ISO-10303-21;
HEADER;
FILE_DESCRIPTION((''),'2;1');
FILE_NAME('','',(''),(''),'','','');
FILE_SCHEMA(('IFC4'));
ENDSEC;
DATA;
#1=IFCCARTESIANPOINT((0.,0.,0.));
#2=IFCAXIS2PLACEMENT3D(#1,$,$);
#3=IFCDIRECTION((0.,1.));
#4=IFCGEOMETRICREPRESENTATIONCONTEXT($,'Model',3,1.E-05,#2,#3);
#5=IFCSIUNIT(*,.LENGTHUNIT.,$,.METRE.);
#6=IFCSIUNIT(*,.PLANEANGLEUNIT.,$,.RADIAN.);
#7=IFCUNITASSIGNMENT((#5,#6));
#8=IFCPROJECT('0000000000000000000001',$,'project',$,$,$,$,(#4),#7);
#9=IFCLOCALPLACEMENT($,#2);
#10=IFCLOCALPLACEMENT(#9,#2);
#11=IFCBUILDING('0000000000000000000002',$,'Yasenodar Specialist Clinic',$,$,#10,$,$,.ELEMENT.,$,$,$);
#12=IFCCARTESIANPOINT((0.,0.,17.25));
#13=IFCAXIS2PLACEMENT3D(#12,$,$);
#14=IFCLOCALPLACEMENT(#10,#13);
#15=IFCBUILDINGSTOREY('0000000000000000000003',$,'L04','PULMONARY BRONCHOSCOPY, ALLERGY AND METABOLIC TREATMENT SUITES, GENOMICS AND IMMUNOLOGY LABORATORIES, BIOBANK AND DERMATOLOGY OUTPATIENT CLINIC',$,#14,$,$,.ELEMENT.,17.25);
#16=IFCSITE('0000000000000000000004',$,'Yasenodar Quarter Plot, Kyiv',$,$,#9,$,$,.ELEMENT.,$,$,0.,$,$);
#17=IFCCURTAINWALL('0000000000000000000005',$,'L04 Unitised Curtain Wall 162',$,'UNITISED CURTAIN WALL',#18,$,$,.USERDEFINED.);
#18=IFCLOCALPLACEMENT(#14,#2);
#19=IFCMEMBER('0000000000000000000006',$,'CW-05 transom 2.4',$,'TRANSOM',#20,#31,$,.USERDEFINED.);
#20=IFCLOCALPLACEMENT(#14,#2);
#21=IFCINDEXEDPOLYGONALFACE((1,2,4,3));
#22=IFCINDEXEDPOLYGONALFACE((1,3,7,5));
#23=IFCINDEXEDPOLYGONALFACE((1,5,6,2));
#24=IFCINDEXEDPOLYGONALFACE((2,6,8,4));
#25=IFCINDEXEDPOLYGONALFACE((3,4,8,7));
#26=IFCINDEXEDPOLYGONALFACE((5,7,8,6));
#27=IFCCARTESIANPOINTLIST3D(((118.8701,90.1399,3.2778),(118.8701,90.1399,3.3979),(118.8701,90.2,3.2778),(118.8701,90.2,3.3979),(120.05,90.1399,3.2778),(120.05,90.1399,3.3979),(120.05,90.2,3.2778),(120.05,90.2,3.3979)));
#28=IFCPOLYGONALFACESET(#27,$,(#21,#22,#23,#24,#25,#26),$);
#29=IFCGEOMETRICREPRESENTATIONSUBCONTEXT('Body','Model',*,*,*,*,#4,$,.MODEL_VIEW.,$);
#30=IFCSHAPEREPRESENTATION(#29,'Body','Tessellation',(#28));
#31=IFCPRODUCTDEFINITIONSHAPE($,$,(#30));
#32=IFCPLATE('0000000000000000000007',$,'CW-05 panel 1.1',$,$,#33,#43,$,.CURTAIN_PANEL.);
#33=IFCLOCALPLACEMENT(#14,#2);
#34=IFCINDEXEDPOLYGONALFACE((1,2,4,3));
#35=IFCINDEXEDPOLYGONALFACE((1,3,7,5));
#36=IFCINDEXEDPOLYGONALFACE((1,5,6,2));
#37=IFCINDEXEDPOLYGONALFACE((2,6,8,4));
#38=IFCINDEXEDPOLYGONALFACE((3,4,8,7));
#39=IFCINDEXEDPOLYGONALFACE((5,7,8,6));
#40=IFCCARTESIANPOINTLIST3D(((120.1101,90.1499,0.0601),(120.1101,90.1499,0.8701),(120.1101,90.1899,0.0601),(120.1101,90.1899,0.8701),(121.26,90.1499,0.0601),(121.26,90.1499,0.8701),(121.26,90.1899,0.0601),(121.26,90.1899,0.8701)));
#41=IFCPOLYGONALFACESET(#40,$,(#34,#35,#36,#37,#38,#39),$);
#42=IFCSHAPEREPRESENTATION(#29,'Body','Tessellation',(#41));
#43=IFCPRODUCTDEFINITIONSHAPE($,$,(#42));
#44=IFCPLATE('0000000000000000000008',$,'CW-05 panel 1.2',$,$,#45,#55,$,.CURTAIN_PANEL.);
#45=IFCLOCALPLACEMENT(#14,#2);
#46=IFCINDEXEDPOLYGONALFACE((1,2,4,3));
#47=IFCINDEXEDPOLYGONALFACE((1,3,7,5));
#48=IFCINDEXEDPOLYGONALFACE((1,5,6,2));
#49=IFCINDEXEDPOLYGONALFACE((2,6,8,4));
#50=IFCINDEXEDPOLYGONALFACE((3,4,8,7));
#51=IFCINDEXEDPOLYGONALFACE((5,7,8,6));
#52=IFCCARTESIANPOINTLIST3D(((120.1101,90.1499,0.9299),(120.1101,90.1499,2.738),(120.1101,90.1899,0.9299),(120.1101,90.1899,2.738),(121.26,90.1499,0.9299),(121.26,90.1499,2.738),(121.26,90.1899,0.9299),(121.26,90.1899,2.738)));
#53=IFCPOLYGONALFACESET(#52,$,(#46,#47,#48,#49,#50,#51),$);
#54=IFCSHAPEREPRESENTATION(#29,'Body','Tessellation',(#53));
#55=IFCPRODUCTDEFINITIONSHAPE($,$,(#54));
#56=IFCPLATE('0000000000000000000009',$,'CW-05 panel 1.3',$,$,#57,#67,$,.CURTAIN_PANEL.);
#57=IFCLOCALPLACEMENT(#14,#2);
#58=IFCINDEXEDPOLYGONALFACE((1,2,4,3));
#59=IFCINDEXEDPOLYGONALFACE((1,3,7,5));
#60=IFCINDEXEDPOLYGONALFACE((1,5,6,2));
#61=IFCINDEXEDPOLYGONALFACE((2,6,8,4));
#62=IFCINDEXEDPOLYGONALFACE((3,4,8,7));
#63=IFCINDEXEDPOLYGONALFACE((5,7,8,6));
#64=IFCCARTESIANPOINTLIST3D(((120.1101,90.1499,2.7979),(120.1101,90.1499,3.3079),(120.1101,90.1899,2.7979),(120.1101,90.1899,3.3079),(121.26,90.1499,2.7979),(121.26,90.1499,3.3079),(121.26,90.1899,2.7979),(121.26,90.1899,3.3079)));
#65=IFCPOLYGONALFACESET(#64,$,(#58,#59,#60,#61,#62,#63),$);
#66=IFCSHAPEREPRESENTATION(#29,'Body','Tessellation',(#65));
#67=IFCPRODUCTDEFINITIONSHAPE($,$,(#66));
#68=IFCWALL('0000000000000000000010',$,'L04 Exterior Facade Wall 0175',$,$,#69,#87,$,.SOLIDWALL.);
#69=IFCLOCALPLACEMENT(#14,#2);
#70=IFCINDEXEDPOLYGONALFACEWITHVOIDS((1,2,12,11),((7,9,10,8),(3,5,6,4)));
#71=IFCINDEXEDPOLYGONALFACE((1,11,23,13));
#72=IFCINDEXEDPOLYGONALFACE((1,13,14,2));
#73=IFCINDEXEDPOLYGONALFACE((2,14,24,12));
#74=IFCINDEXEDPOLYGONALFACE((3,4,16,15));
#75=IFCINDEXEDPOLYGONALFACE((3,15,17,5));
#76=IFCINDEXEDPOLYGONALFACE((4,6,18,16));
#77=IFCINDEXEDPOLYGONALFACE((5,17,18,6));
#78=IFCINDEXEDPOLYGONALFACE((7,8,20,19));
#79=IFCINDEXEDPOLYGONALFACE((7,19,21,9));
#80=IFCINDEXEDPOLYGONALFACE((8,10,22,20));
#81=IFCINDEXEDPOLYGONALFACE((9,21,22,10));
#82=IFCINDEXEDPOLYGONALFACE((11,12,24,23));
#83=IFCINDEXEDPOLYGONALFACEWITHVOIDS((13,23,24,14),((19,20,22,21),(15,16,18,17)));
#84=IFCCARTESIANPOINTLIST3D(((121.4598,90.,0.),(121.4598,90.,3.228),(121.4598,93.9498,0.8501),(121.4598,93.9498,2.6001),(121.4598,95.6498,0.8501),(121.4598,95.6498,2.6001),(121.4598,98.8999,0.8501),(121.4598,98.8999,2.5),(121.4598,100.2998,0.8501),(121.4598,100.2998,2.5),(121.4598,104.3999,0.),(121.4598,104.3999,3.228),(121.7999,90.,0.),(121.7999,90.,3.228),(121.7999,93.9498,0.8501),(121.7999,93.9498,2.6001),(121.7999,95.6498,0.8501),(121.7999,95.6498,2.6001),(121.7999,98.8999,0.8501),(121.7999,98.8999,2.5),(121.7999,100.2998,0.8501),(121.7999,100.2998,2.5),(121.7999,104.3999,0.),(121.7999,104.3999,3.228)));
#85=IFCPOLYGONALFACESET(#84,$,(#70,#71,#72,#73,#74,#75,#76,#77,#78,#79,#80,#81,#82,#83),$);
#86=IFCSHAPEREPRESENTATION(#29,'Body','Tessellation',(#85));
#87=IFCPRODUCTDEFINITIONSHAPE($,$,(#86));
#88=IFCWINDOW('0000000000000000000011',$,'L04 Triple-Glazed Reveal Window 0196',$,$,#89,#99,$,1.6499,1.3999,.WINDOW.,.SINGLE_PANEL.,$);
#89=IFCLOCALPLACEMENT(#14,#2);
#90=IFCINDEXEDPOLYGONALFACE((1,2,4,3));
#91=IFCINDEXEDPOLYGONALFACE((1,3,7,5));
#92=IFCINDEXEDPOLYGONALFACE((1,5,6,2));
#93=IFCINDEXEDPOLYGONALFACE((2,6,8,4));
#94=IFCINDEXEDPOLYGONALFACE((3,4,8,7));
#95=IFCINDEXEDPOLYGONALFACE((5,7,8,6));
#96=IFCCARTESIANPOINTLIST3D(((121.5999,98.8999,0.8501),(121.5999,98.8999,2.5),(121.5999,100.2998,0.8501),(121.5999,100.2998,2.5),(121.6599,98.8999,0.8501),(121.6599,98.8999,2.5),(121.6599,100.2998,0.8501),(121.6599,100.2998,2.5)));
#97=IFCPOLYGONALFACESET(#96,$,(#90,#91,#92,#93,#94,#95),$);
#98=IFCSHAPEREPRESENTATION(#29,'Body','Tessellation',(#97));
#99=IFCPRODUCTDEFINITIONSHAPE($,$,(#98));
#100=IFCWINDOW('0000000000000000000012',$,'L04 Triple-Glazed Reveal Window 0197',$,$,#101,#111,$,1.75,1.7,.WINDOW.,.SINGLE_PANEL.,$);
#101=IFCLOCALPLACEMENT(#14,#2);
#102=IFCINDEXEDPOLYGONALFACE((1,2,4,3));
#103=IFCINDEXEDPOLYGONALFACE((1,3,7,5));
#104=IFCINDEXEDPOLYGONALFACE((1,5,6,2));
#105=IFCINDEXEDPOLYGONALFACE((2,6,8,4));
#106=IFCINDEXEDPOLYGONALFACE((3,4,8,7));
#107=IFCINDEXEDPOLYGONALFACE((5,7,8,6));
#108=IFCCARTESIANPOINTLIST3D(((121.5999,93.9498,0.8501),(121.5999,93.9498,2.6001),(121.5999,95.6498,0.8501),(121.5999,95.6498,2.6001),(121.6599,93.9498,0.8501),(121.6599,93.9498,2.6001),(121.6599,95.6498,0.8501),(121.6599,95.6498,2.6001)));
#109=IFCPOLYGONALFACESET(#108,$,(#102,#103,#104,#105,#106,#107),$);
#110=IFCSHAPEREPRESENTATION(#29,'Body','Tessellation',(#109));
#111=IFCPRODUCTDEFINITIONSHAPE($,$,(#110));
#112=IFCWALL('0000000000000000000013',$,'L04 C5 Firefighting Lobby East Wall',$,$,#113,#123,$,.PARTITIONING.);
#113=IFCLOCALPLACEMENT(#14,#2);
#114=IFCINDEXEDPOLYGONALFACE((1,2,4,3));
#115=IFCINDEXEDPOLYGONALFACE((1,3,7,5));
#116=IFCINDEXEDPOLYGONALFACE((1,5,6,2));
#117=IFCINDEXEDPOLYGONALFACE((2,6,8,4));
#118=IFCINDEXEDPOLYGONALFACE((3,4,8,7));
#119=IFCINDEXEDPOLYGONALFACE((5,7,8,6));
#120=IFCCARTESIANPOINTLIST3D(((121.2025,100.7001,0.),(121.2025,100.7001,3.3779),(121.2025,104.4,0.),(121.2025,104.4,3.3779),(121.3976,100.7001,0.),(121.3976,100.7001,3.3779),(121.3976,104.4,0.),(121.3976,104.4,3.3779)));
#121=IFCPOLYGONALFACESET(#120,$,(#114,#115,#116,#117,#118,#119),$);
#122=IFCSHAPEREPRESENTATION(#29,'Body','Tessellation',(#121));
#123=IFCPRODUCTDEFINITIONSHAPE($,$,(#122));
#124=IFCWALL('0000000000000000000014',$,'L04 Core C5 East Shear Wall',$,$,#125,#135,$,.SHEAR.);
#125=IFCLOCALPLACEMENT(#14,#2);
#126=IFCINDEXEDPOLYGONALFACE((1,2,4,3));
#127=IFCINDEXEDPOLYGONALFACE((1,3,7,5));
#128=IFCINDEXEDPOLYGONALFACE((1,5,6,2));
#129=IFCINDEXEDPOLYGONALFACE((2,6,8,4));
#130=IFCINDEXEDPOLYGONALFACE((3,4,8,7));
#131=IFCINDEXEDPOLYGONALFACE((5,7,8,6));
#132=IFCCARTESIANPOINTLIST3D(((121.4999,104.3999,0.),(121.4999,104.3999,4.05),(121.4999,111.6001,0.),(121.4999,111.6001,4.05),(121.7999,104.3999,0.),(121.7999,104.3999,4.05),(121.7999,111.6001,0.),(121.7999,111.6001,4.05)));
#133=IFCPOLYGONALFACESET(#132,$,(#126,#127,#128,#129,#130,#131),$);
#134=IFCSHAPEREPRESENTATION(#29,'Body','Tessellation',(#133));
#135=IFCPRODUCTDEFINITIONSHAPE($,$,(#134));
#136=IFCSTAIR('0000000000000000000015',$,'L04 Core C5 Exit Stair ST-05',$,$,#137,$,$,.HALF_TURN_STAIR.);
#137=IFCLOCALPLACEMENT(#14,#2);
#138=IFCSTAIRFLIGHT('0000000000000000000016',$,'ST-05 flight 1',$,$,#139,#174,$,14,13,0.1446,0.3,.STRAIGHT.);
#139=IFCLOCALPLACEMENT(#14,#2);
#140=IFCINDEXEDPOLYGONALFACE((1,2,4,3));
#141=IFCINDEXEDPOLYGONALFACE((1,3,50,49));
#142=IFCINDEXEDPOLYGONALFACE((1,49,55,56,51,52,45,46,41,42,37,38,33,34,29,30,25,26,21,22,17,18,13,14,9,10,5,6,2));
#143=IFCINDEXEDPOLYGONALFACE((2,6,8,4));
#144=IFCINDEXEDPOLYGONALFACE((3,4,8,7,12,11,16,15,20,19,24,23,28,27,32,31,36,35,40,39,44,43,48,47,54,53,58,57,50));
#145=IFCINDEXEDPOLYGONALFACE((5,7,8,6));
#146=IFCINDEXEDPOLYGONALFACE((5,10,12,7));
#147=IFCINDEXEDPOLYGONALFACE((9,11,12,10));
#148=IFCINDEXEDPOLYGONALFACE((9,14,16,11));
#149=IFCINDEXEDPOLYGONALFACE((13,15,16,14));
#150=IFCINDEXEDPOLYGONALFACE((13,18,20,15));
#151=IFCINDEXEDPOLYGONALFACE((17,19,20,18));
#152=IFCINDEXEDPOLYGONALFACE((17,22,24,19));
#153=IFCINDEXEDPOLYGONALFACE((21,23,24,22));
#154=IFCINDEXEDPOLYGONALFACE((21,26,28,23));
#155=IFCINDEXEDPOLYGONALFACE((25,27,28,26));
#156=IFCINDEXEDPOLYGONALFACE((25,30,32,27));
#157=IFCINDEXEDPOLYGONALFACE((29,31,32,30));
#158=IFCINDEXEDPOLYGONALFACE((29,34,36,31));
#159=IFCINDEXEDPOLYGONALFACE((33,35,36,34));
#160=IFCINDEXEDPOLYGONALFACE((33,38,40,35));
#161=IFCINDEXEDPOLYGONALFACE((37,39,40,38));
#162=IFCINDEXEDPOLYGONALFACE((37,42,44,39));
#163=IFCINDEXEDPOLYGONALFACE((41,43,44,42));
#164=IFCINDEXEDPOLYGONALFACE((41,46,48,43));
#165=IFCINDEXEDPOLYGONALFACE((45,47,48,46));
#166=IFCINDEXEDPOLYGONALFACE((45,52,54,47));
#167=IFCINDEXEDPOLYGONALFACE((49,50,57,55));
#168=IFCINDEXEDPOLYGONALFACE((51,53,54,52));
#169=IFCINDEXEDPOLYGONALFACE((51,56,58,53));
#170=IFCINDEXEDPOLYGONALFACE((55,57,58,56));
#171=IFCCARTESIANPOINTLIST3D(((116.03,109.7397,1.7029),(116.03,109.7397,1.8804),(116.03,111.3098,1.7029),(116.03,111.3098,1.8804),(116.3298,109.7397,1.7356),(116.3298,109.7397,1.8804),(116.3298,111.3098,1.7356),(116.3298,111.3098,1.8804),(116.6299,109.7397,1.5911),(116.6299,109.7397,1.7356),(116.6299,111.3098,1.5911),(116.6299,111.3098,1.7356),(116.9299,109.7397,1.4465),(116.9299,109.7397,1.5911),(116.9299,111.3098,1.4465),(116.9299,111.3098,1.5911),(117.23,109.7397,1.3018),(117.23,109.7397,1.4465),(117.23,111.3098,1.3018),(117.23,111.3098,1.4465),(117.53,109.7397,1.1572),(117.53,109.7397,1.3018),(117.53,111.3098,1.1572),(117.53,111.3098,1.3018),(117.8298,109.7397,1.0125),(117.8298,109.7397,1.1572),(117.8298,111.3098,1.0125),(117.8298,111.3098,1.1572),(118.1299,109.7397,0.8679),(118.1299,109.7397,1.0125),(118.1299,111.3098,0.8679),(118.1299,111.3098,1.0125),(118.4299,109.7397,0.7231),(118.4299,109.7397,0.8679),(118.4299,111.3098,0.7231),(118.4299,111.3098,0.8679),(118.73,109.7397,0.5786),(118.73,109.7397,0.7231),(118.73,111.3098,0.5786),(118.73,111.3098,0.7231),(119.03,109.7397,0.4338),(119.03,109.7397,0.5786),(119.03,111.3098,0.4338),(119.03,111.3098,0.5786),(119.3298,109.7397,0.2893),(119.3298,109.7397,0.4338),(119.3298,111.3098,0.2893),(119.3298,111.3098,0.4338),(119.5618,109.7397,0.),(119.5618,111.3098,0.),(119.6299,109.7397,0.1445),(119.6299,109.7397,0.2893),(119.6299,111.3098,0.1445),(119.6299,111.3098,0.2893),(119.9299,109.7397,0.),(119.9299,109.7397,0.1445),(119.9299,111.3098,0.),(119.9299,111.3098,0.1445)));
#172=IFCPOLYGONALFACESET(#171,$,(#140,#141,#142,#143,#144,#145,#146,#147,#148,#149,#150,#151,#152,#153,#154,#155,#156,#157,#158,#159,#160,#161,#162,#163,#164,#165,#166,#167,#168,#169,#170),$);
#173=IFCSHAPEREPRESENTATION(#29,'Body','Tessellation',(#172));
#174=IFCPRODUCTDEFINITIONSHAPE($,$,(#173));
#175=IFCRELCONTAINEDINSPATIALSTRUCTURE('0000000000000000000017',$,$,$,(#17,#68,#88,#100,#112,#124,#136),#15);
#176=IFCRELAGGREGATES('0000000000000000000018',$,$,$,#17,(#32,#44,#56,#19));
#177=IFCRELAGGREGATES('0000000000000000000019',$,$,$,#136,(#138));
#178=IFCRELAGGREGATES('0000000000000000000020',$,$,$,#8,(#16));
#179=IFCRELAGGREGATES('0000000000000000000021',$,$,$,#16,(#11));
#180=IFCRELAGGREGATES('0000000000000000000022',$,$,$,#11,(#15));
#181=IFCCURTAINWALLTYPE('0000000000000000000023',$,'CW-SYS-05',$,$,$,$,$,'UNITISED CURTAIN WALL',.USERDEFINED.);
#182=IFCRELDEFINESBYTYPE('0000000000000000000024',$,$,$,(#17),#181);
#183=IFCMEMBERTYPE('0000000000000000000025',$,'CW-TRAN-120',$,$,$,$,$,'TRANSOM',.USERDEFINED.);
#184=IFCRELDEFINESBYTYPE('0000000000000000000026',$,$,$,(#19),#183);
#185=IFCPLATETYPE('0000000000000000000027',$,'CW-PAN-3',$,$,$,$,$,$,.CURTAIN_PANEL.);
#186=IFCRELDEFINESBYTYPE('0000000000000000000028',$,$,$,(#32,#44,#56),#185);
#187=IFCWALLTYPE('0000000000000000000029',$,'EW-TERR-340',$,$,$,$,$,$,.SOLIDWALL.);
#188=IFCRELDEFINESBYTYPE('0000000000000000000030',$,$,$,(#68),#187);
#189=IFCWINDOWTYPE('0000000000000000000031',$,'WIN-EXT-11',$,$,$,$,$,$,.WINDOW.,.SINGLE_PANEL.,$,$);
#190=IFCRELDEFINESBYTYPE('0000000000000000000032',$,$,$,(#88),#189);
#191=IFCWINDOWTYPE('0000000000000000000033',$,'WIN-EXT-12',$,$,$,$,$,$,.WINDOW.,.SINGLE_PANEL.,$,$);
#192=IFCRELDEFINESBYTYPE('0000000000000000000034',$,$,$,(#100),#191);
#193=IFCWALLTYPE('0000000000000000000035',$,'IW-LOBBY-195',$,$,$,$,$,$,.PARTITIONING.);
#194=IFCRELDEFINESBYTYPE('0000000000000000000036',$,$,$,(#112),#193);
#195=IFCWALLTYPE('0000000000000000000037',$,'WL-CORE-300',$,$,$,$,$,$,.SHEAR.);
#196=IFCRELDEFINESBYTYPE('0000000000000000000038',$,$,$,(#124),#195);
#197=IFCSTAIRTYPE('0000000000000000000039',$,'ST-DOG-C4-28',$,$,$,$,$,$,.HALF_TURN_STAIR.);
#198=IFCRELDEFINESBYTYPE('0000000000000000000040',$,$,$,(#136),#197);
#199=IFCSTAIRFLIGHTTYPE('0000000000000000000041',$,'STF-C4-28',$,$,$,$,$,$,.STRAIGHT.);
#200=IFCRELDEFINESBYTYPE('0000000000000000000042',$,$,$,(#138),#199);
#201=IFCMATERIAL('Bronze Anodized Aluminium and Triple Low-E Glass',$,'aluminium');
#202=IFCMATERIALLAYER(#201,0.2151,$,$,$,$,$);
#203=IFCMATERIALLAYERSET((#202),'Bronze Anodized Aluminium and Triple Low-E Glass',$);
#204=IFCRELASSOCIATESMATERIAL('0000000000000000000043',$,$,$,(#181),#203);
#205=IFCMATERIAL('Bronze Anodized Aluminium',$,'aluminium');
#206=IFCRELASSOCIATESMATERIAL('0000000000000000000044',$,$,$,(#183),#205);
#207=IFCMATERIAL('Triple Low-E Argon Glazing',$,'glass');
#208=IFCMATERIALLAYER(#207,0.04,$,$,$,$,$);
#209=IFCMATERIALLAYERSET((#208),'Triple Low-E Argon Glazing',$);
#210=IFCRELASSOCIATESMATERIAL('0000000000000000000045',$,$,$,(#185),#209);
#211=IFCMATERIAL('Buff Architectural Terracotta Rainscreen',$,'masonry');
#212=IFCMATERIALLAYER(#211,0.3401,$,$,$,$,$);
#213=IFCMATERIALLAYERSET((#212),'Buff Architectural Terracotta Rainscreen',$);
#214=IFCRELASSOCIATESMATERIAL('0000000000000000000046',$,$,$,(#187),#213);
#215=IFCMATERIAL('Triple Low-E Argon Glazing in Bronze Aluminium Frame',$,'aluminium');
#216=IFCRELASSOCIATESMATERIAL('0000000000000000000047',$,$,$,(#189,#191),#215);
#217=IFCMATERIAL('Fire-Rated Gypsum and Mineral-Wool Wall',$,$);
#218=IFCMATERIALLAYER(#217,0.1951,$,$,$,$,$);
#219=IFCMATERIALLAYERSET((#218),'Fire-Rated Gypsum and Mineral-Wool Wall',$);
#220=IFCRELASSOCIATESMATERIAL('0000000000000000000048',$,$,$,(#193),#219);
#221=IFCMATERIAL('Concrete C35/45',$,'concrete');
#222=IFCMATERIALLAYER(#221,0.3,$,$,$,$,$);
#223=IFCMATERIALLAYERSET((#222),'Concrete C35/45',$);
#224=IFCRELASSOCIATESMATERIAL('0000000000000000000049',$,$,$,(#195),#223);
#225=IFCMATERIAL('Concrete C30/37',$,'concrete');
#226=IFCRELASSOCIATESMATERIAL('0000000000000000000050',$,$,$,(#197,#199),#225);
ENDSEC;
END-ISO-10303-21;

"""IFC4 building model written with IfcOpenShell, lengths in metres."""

from ifc_helpers import new_model, si_unit, direction, frame, frame_2d, origin, origin_2d, place, context, subcontext, project, spatial, polyline, rectangle, outline, extrude, material, layer, layer_set, material_profile, profile_set, type_object, element, fill, aggregate, save


model = new_model("IFC4")

# Units and contexts
model_context = context("Model", 3, precision=1e-05, world=origin(), true_north=direction((0.0, 1.0)))
body_context = subcontext(model_context, "Body", "Model", "MODEL_VIEW")
ifc_project = project(units=[si_unit("LENGTHUNIT", "METRE"), si_unit("PLANEANGLEUNIT", "RADIAN")], contexts=[model_context])

# Site, building, storey
site_placement = place(None, origin())
site = spatial("IfcSite", under=ifc_project, at=site_placement, Name="Yasenodar Quarter Plot, Kyiv", CompositionType="ELEMENT", RefElevation=0.0)
building_placement = place(site_placement, origin())
building = spatial("IfcBuilding", under=site, at=building_placement, Name="Yasenodar Specialist Clinic", CompositionType="ELEMENT")
storey_placement = place(building_placement, frame((0.0, 0.0, 17.25)))
storey = spatial("IfcBuildingStorey", under=building, at=storey_placement, Name="L04", Description="PULMONARY BRONCHOSCOPY, ALLERGY AND METABOLIC TREATMENT SUITES, GENOMICS AND IMMUNOLOGY LABORATORIES, BIOBANK AND DERMATOLOGY OUTPATIENT CLINIC", CompositionType="ELEMENT", Elevation=17.25)

# Curtain wall, member, plates
ifc_material_1 = material(Name="Bronze Anodized Aluminium and Triple Low-E Glass", Category="aluminium")
ifc_layer_1 = layer(ifc_material_1, 0.2151)
ifc_layer_set_1 = layer_set([ifc_layer_1], Name="Bronze Anodized Aluminium and Triple Low-E Glass")
curtain_wall_type = type_object("IfcCurtainWallType", Name="CW-SYS-05", ElementType="UNITISED CURTAIN WALL", PredefinedType="USERDEFINED", material=ifc_layer_set_1)
curtain_wall_placement = place(storey_placement, origin())
curtain_wall = element("IfcCurtainWall", 1, at=curtain_wall_placement, inside=storey, type_object=curtain_wall_type, Name="L04 Unitised Curtain Wall 162", ObjectType="UNITISED CURTAIN WALL", PredefinedType="USERDEFINED")
ifc_material_2 = material(Name="Bronze Anodized Aluminium", Category="aluminium")
ifc_material_profile_1 = material_profile(ifc_material_2, rectangle(XDim=0.0601, YDim=0.1201, at=origin_2d()), Name="CW-TRAN 60x120")
ifc_profile_set_1 = profile_set([ifc_material_profile_1], Name="Bronze Anodized Aluminium")
member_type_1 = type_object("IfcMemberType", Name="CW-TRAN-120", ElementType="TRANSOM", PredefinedType="USERDEFINED", material=ifc_profile_set_1)
member_1_placement = place(storey_placement, frame((120.05, 90.1699, 3.3379), z_axis=(-1.0, 0.0, 0.0), x_axis=(0.0, -1.0, 0.0)))
member_1 = element("IfcMember", 2, at=member_1_placement, type_object=member_type_1, Name="CW-05 transom 2.4", ObjectType="TRANSOM", PredefinedType="USERDEFINED", context=body_context, shape_type="SweptSolid", body=[
    extrude(rectangle(XDim=0.0601, YDim=0.1201, at=origin_2d()), origin(), (0.0, 0.0, 1.0), 1.1799),
])
ifc_material_3 = material(Name="Triple Low-E Argon Glazing", Category="glass")
ifc_layer_2 = layer(ifc_material_3, 0.04)
ifc_layer_set_2 = layer_set([ifc_layer_2], Name="Triple Low-E Argon Glazing")
plate_type = type_object("IfcPlateType", Name="CW-PAN-3", PredefinedType="CURTAIN_PANEL", material=ifc_layer_set_2)
plate_1_placement = place(storey_placement, frame((120.6851, 90.1699, 0.0601), z_axis=(0.0, 0.0, 1.0), x_axis=(-1.0, 0.0, 0.0)))
plate_1 = element("IfcPlate", 3, at=plate_1_placement, type_object=plate_type, Name="CW-05 panel 1.1", PredefinedType="CURTAIN_PANEL", context=body_context, shape_type="SweptSolid", body=[
    extrude(rectangle(XDim=1.1499, YDim=0.04, at=origin_2d()), origin(), (0.0, 0.0, 1.0), 0.8101),
])
plate_2_placement = place(storey_placement, frame((120.6851, 90.1699, 0.9299), z_axis=(0.0, 0.0, 1.0), x_axis=(-1.0, 0.0, 0.0)))
plate_2 = element("IfcPlate", 4, at=plate_2_placement, type_object=plate_type, Name="CW-05 panel 1.2", PredefinedType="CURTAIN_PANEL", context=body_context, shape_type="SweptSolid", body=[
    extrude(rectangle(XDim=1.1499, YDim=0.04, at=origin_2d()), origin(), (0.0, 0.0, 1.0), 1.8081),
])
plate_3_placement = place(storey_placement, frame((120.6851, 90.1699, 2.7979), z_axis=(0.0, 0.0, 1.0), x_axis=(-1.0, 0.0, 0.0)))
plate_3 = element("IfcPlate", 5, at=plate_3_placement, type_object=plate_type, Name="CW-05 panel 1.3", PredefinedType="CURTAIN_PANEL", context=body_context, shape_type="SweptSolid", body=[
    extrude(rectangle(XDim=1.1499, YDim=0.04, at=origin_2d()), origin(), (0.0, 0.0, 1.0), 0.51),
])
aggregate(curtain_wall, [plate_1, plate_2, plate_3, member_1])

# Wall, openings, windows
ifc_material_4 = material(Name="Buff Architectural Terracotta Rainscreen", Category="masonry")
ifc_layer_3 = layer(ifc_material_4, 0.3401)
ifc_layer_set_3 = layer_set([ifc_layer_3], Name="Buff Architectural Terracotta Rainscreen")
wall_type_1 = type_object("IfcWallType", Name="EW-TERR-340", PredefinedType="SOLIDWALL", material=ifc_layer_set_3)
wall_1_placement = place(storey_placement, frame((121.6299, 104.3999, 0.0), z_axis=(0.0, 0.0, 1.0), x_axis=(0.0, -1.0, 0.0)))
wall_1 = element("IfcWall", 6, at=wall_1_placement, inside=storey, type_object=wall_type_1, Name="L04 Exterior Facade Wall 0175", PredefinedType="SOLIDWALL", context=body_context, shape_type="SweptSolid", body=[
    extrude(rectangle(XDim=14.3999, YDim=0.3401, at=frame_2d((7.2, 0.0))), origin(), (0.0, 0.0, 1.0), 3.228),
])
opening_1_placement = place(wall_1_placement, frame((4.1001, 0.0, 0.8501)))
opening_1 = element("IfcOpeningElement", 7, at=opening_1_placement, cuts=wall_1, PredefinedType="OPENING", context=body_context, shape_type="SweptSolid", body=[
    extrude(rectangle(XDim=1.3999, YDim=1.6499, at=frame_2d((0.7, 0.825))), frame((0.0, 0.1802, 0.0), z_axis=(0.0, -1.0, 0.0), x_axis=(1.0, 0.0, 0.0)), (0.0, 0.0, 1.0), 0.3601),
])
opening_2_placement = place(wall_1_placement, frame((8.75, 0.0, 0.8501)))
opening_2 = element("IfcOpeningElement", 8, at=opening_2_placement, cuts=wall_1, PredefinedType="OPENING", context=body_context, shape_type="SweptSolid", body=[
    extrude(rectangle(XDim=1.7, YDim=1.75, at=frame_2d((0.8501, 0.875))), frame((0.0, 0.1802, 0.0), z_axis=(0.0, -1.0, 0.0), x_axis=(1.0, 0.0, 0.0)), (0.0, 0.0, 1.0), 0.3601),
])
ifc_material_5 = material(Name="Triple Low-E Argon Glazing in Bronze Aluminium Frame", Category="aluminium")
window_type_1 = type_object("IfcWindowType", Name="WIN-EXT-11", PartitioningType="SINGLE_PANEL", PredefinedType="WINDOW", material=ifc_material_5)
window_1_placement = place(opening_1_placement, origin())
window_1 = element("IfcWindow", 9, at=window_1_placement, inside=storey, type_object=window_type_1, Name="L04 Triple-Glazed Reveal Window 0196", OverallHeight=1.6499, OverallWidth=1.3999, PartitioningType="SINGLE_PANEL", PredefinedType="WINDOW", context=body_context, shape_type="SweptSolid", body=[
    extrude(rectangle(XDim=1.3999, YDim=1.6499, at=frame_2d((0.7, 0.825))), frame((0.0, 0.03, 0.0), z_axis=(0.0, -1.0, 0.0), x_axis=(1.0, 0.0, 0.0)), (0.0, 0.0, 1.0), 0.0601),
])
fill(opening_1, window_1)
window_type_2 = type_object("IfcWindowType", Name="WIN-EXT-12", PartitioningType="SINGLE_PANEL", PredefinedType="WINDOW", material=ifc_material_5)
window_2_placement = place(opening_2_placement, origin())
window_2 = element("IfcWindow", 10, at=window_2_placement, inside=storey, type_object=window_type_2, Name="L04 Triple-Glazed Reveal Window 0197", OverallHeight=1.75, OverallWidth=1.7, PartitioningType="SINGLE_PANEL", PredefinedType="WINDOW", context=body_context, shape_type="SweptSolid", body=[
    extrude(rectangle(XDim=1.7, YDim=1.75, at=frame_2d((0.8501, 0.875))), frame((0.0, 0.03, 0.0), z_axis=(0.0, -1.0, 0.0), x_axis=(1.0, 0.0, 0.0)), (0.0, 0.0, 1.0), 0.0601),
])
fill(opening_2, window_2)

# Walls
ifc_material_6 = material(Name="Fire-Rated Gypsum and Mineral-Wool Wall")
ifc_layer_4 = layer(ifc_material_6, 0.1951)
ifc_layer_set_4 = layer_set([ifc_layer_4], Name="Fire-Rated Gypsum and Mineral-Wool Wall")
wall_type_2 = type_object("IfcWallType", Name="IW-LOBBY-195", PredefinedType="PARTITIONING", material=ifc_layer_set_4)
wall_2_placement = place(storey_placement, frame((121.3, 100.7, 0.0), z_axis=(0.0, 0.0, 1.0), x_axis=(0.0, 1.0, 0.0)))
element("IfcWall", 11, at=wall_2_placement, inside=storey, type_object=wall_type_2, Name="L04 C5 Firefighting Lobby East Wall", PredefinedType="PARTITIONING", context=body_context, shape_type="SweptSolid", body=[
    extrude(rectangle(XDim=3.7, YDim=0.1951, at=frame_2d((1.8501, 0.0))), origin(), (0.0, 0.0, 1.0), 3.3779),
])
ifc_material_7 = material(Name="Concrete C35/45", Category="concrete")
ifc_layer_5 = layer(ifc_material_7, 0.3)
ifc_layer_set_5 = layer_set([ifc_layer_5], Name="Concrete C35/45")
wall_type_3 = type_object("IfcWallType", Name="WL-CORE-300", PredefinedType="SHEAR", material=ifc_layer_set_5)
wall_3_placement = place(storey_placement, frame((121.6499, 111.6001, 0.0), z_axis=(0.0, 0.0, 1.0), x_axis=(0.0, -1.0, 0.0)))
element("IfcWall", 12, at=wall_3_placement, inside=storey, type_object=wall_type_3, Name="L04 Core C5 East Shear Wall", PredefinedType="SHEAR", context=body_context, shape_type="SweptSolid", body=[
    extrude(rectangle(XDim=7.2002, YDim=0.3, at=frame_2d((3.6001, 0.0))), origin(), (0.0, 0.0, 1.0), 4.05),
])

# Stair, stair flight
ifc_material_8 = material(Name="Concrete C30/37", Category="concrete")
stair_type = type_object("IfcStairType", Name="ST-DOG-C4-28", PredefinedType="HALF_TURN_STAIR", material=ifc_material_8)
stair_placement = place(storey_placement, origin())
stair = element("IfcStair", 13, at=stair_placement, inside=storey, type_object=stair_type, Name="L04 Core C5 Exit Stair ST-05", PredefinedType="HALF_TURN_STAIR")
stair_flight_type = type_object("IfcStairFlightType", Name="STF-C4-28", PredefinedType="STRAIGHT", material=ifc_material_8)
stair_flight_1_placement = place(storey_placement, frame((119.9299, 110.5249, 0.0), z_axis=(0.0, 0.0, 1.0), x_axis=(-1.0, 0.0, 0.0)))
stair_flight_1 = element("IfcStairFlight", 14, at=stair_flight_1_placement, type_object=stair_flight_type, Name="ST-05 flight 1", NumberOfRisers=14, NumberOfTreads=13, PredefinedType="STRAIGHT", RiserHeight=0.1446, TreadLength=0.3, context=body_context, shape_type="SweptSolid", body=[
    extrude(outline(polyline([(0.0, 0.0), (0.0, 0.1445), (0.3, 0.1445), (0.3, 0.2893), (0.6001, 0.2893), (0.6001, 0.4338), (0.8999, 0.4338), (0.8999, 0.5786), (1.2, 0.5786), (1.2, 0.7231), (1.5, 0.7231), (1.5, 0.8679), (1.8, 0.8679), (1.8, 1.0125), (2.1001, 1.0125), (2.1001, 1.1572), (2.3999, 1.1572), (2.3999, 1.3018), (2.7, 1.3018), (2.7, 1.4465), (3.0, 1.4465), (3.0, 1.5911), (3.3, 1.5911), (3.3, 1.7356), (3.6001, 1.7356), (3.6001, 1.8804), (3.8999, 1.8804), (3.8999, 2.0249), (3.8999, 1.7029), (0.3682, 0.0), (0.0, 0.0)])), frame((0.0, 0.7852, 0.0), z_axis=(0.0, -1.0, 0.0), x_axis=(1.0, 0.0, 0.0)), (0.0, 0.0, 1.0), 1.5701),
])
aggregate(stair, [stair_flight_1])

save(model, "model.ifc")
